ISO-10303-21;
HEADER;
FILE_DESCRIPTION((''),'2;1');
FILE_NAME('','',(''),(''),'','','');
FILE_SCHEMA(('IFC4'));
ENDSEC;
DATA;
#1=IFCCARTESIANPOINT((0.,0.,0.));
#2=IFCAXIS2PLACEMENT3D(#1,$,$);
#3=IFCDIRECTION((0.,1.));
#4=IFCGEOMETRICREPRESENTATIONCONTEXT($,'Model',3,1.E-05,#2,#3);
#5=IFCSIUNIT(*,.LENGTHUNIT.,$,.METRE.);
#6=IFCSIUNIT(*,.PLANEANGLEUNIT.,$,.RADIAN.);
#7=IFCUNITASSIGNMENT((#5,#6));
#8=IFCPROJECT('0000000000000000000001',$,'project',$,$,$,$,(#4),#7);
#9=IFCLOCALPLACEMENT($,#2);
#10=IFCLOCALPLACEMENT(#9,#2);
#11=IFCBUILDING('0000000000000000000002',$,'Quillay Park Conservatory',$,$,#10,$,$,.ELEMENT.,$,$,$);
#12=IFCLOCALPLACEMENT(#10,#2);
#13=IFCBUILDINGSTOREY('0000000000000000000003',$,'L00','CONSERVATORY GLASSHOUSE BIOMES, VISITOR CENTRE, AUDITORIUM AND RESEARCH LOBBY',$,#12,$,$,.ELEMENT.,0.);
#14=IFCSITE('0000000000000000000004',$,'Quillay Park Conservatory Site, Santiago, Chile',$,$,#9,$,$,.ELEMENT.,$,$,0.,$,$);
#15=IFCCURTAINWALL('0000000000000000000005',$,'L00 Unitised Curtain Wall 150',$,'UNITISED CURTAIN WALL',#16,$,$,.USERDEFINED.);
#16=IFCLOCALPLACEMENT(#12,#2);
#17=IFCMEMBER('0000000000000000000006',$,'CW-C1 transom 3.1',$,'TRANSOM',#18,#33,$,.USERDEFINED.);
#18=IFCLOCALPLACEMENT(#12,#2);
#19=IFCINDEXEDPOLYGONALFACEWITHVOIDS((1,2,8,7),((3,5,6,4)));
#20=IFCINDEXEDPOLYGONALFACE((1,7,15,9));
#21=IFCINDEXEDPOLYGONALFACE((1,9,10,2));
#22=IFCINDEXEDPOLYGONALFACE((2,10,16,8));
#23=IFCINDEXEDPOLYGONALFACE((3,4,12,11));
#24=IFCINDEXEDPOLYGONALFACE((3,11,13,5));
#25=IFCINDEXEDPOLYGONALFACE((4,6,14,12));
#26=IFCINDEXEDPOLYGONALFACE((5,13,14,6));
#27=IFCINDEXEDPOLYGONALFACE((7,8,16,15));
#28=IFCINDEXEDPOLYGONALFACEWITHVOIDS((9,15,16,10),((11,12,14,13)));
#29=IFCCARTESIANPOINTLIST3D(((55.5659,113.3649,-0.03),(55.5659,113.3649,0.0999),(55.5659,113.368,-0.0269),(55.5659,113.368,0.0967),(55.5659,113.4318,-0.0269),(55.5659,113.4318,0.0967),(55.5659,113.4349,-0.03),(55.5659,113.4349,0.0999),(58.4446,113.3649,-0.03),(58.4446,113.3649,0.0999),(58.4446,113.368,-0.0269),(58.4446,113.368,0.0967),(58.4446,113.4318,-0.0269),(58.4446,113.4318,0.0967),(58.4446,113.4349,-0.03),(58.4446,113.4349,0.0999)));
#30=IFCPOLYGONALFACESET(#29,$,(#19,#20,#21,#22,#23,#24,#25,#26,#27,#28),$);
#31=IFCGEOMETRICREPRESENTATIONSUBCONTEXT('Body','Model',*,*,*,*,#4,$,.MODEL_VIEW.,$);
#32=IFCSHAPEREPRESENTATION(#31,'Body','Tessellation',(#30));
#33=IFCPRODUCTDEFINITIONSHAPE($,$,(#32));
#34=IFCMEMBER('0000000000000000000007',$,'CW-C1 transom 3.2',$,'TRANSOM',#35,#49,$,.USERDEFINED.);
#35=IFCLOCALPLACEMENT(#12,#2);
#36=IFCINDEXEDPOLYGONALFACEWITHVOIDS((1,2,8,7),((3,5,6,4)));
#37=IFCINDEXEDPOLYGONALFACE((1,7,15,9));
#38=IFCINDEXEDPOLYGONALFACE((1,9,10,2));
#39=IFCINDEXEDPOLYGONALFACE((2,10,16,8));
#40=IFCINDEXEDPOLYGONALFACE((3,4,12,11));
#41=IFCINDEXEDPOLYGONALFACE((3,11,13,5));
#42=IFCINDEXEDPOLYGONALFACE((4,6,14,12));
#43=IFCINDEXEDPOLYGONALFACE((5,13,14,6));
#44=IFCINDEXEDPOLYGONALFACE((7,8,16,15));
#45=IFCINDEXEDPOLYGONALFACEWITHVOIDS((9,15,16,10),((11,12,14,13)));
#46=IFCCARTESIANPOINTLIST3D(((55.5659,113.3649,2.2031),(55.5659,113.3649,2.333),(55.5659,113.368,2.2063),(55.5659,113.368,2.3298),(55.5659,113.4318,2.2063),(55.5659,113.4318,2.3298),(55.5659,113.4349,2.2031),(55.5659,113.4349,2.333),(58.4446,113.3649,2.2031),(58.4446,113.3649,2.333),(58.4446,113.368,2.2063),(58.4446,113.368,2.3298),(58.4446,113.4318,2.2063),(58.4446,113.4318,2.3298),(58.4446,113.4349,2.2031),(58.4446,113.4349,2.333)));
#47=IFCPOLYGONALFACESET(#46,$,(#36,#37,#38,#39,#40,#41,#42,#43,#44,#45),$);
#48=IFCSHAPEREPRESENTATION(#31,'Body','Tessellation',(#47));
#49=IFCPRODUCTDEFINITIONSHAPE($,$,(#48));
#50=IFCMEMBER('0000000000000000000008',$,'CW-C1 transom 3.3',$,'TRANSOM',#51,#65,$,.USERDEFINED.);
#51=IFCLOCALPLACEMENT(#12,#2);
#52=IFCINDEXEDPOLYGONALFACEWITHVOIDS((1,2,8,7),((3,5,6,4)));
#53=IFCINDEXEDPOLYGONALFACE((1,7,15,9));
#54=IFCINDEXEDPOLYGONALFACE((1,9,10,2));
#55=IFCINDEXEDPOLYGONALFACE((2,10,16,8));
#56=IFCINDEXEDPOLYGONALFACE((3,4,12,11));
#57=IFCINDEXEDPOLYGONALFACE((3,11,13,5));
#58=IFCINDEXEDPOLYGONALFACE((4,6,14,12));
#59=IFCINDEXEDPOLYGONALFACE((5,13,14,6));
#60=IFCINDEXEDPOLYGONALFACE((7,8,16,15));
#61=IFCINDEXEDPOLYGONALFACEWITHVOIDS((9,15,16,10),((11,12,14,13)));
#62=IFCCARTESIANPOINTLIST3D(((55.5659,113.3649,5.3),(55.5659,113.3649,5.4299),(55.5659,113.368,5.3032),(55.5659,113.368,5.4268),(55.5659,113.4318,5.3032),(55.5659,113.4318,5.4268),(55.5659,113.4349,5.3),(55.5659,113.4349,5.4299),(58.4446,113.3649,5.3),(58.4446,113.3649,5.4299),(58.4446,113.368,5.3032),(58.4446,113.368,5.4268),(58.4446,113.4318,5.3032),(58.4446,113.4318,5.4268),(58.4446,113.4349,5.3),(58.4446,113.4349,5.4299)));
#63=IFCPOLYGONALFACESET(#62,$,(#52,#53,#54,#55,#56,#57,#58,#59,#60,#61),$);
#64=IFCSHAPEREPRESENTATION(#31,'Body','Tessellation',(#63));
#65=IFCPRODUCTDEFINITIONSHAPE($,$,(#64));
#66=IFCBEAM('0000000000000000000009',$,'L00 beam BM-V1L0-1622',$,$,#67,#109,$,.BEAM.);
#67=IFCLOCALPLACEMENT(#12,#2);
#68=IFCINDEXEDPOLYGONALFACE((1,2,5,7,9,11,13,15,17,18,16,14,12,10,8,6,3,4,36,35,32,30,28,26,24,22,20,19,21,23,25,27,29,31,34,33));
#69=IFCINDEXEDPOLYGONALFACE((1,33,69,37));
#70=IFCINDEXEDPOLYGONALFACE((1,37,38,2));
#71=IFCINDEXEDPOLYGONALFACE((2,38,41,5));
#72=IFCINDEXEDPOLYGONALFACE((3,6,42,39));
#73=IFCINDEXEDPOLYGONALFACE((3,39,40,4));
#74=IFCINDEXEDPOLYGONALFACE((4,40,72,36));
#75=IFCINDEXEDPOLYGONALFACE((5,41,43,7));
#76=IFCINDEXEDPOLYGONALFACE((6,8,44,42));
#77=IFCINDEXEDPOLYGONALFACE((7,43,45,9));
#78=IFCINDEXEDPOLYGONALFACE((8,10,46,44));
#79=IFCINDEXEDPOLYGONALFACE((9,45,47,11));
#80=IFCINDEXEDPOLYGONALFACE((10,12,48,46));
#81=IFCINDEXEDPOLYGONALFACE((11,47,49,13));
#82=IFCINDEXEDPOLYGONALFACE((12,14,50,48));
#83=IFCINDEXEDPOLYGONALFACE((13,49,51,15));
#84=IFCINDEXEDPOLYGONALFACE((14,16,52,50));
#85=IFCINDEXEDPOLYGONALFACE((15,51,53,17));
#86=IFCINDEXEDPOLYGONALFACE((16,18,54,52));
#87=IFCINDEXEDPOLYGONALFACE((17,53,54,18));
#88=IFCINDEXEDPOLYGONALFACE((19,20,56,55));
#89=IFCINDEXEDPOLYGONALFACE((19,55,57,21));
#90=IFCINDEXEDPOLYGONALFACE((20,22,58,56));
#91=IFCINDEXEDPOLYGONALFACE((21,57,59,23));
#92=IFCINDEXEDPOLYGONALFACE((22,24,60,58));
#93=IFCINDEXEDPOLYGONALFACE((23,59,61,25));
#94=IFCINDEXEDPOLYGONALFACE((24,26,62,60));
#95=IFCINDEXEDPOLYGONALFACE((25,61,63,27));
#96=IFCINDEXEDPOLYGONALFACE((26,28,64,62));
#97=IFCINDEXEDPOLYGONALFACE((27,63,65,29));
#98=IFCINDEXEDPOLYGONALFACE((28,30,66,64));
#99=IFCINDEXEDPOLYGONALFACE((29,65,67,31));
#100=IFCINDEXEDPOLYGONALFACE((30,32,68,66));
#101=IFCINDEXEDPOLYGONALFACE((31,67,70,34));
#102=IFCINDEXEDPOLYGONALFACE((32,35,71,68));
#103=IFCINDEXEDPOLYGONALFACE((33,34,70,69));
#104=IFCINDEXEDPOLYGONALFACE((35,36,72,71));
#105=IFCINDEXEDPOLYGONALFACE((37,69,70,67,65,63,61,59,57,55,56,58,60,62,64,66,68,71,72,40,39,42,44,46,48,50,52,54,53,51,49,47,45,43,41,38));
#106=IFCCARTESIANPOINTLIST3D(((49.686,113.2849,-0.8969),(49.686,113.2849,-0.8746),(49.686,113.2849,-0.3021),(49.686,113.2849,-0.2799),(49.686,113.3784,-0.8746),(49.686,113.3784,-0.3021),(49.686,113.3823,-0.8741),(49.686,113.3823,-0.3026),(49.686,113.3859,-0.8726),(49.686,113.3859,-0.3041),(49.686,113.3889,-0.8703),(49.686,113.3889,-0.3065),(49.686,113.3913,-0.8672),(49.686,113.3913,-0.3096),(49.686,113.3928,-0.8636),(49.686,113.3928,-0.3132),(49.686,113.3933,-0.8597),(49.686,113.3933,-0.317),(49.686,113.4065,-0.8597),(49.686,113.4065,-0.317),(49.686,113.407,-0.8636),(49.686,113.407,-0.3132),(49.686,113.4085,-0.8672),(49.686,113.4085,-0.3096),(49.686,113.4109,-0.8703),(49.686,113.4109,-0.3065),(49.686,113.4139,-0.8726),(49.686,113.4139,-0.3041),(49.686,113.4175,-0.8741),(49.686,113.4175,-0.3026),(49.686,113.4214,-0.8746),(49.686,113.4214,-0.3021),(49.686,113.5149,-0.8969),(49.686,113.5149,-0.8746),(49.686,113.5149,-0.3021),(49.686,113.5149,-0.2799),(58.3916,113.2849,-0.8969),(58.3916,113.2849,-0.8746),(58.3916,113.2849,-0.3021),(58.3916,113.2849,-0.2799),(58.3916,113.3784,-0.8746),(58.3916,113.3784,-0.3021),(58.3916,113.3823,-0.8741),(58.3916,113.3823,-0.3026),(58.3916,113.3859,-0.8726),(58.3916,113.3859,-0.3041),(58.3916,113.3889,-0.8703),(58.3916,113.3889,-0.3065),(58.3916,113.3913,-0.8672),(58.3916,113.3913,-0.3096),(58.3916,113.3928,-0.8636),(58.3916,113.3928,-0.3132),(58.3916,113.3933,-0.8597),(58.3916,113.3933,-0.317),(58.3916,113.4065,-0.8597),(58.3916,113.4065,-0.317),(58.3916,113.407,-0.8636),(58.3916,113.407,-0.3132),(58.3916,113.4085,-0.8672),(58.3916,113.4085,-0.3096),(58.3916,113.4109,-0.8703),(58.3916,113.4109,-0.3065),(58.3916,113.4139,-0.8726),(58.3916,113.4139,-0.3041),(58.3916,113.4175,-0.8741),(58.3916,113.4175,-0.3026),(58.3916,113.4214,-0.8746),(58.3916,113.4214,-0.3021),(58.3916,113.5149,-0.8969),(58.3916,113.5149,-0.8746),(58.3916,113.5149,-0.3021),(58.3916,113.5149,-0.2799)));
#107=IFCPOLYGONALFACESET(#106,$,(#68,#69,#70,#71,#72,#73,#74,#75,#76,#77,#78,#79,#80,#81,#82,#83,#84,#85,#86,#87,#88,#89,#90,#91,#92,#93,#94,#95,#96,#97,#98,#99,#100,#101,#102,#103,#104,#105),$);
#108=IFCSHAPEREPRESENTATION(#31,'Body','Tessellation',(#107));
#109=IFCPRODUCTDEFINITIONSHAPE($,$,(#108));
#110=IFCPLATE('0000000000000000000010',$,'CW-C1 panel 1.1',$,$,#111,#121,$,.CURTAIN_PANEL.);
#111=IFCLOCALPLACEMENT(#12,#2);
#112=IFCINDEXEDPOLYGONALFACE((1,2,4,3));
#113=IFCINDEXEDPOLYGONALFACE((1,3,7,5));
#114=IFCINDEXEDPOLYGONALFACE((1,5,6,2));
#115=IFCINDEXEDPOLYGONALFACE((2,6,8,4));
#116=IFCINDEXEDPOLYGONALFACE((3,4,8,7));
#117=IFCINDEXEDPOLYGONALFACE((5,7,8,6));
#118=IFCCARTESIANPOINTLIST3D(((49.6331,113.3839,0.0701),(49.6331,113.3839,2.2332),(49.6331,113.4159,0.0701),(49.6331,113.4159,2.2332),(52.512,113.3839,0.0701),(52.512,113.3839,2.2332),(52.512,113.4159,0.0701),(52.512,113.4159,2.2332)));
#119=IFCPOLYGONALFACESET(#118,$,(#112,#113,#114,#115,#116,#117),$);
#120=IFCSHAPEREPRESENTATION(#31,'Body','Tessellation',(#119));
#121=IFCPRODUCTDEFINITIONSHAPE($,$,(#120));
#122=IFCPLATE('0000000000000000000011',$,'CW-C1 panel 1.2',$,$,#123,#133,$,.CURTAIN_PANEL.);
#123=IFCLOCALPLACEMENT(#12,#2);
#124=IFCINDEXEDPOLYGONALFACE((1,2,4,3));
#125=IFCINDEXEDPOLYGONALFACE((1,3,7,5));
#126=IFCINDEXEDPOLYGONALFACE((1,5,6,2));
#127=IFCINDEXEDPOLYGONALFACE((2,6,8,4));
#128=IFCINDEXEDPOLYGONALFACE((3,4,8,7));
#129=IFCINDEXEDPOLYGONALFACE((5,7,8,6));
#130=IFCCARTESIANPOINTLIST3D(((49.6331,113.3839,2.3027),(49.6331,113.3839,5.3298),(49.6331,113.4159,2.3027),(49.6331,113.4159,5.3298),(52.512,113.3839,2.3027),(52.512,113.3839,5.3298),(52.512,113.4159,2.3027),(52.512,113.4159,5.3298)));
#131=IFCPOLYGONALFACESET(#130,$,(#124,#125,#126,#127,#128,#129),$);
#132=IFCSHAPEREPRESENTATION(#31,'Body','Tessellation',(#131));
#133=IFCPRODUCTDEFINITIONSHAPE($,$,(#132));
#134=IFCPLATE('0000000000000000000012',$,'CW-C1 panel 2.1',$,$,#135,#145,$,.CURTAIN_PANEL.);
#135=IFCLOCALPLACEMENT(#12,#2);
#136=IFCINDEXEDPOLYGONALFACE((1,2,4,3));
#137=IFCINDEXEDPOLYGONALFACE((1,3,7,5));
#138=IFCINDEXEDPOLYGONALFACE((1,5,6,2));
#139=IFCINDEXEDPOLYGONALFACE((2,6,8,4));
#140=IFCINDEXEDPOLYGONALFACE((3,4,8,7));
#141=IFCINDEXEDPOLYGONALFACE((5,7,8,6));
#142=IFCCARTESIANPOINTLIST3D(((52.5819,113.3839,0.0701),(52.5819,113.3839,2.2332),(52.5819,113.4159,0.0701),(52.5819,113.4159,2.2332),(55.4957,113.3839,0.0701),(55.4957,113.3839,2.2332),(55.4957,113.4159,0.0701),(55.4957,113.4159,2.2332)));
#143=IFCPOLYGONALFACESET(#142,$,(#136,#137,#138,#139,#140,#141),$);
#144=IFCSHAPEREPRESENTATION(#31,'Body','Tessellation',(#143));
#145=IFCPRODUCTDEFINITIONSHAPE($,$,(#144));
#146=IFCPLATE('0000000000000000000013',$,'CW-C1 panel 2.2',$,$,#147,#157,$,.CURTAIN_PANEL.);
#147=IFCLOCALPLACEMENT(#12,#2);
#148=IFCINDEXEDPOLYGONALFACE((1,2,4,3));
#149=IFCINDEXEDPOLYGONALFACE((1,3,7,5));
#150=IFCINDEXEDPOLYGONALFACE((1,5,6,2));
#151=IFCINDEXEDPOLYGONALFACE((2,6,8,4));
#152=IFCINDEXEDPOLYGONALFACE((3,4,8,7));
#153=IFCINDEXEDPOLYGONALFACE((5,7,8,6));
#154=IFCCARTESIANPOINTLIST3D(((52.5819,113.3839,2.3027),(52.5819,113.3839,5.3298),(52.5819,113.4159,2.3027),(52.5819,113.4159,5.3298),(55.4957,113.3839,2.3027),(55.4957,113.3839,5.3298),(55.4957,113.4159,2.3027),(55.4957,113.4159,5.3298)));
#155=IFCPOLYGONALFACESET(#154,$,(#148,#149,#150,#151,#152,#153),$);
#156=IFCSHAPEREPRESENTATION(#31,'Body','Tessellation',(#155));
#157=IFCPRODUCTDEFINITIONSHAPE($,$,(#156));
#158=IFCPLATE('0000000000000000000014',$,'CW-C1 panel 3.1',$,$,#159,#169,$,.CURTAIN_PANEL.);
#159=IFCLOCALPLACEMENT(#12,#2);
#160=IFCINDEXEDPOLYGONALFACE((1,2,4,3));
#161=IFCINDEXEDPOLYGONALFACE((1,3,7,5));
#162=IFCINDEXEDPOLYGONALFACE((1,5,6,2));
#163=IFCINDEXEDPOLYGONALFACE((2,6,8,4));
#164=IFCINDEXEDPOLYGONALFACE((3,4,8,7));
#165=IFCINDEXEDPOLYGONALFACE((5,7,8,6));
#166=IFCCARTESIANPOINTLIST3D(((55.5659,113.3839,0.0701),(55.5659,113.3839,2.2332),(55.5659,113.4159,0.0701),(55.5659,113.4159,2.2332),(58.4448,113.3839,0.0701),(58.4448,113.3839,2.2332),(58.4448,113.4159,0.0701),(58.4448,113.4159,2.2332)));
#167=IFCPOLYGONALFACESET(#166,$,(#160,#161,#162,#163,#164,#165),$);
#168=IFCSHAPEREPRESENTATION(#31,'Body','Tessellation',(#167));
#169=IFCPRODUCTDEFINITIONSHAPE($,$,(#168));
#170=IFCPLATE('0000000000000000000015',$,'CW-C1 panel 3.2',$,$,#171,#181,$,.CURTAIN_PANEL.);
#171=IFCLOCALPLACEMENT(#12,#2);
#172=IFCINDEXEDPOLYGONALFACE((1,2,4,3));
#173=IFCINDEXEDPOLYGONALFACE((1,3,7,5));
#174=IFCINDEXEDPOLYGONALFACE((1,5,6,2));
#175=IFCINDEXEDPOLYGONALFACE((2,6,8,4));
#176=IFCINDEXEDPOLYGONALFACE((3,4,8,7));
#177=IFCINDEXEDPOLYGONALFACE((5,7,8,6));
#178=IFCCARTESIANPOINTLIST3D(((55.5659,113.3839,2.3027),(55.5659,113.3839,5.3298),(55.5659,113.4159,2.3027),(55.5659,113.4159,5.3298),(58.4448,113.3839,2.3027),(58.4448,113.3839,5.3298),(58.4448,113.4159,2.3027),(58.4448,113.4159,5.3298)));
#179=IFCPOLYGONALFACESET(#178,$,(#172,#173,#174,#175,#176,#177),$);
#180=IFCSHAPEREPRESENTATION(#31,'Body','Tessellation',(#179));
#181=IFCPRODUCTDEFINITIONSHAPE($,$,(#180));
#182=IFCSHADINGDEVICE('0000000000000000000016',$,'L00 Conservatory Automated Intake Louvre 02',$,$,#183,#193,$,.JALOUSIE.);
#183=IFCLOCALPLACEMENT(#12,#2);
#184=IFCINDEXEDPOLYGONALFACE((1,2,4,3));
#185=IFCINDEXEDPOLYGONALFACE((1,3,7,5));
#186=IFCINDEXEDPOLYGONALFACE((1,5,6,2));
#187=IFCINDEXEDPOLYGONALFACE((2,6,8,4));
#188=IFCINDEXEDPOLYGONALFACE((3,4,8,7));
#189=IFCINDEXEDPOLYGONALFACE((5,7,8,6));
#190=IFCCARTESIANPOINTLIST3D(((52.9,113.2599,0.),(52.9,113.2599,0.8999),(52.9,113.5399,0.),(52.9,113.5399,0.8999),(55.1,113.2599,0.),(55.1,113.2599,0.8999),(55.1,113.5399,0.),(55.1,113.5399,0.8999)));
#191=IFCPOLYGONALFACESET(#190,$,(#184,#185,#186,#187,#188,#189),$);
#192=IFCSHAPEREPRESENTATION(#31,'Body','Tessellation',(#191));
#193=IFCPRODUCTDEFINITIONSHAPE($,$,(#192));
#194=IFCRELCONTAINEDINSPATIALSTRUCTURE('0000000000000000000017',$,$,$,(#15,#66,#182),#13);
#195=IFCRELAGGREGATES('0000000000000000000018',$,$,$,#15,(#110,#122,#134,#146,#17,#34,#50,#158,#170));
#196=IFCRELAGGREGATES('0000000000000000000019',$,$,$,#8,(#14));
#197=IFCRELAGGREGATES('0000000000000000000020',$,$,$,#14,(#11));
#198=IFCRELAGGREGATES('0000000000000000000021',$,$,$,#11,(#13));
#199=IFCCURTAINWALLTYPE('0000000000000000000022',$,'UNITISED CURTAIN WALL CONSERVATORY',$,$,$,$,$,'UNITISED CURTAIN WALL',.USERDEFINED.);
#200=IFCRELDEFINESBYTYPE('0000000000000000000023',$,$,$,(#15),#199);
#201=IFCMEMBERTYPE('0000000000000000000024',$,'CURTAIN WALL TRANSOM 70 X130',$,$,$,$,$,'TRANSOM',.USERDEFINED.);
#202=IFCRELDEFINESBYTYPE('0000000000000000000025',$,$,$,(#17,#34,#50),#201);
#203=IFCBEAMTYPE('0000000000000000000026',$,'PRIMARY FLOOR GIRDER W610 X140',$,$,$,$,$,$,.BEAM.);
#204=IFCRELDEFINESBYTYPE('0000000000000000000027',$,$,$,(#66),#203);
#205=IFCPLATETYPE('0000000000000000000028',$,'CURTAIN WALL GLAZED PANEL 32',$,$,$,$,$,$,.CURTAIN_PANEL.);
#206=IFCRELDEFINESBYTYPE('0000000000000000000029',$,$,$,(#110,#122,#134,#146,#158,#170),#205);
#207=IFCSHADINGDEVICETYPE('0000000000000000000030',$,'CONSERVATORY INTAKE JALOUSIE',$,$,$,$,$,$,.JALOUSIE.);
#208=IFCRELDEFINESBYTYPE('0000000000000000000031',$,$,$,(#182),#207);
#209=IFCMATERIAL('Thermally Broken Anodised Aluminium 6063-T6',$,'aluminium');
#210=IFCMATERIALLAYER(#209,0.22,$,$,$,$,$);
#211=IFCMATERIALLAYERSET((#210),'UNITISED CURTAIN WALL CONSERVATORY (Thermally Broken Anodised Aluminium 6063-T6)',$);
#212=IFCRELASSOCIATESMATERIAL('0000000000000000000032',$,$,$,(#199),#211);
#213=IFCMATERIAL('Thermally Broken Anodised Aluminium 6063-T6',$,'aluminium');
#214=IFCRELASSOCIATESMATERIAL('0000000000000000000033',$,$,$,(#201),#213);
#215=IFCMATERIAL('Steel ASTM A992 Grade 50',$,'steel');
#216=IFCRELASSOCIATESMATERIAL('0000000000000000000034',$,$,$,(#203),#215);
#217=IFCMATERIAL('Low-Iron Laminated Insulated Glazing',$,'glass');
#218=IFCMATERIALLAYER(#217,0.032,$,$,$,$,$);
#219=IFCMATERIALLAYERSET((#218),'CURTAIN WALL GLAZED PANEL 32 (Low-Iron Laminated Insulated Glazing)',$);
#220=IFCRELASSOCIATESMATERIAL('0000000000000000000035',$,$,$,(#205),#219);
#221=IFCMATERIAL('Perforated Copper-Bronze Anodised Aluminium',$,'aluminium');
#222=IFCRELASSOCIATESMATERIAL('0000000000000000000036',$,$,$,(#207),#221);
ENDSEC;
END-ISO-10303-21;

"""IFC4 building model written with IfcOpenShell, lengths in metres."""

from ifc_helpers import new_model, si_unit, direction, frame, origin, origin_2d, place, context, subcontext, project, spatial, rectangle, hollow_rectangle, i_section, extrude, material, layer, layer_set, material_profile, profile_set, type_object, element, aggregate, save


model = new_model("IFC4")

# Units and contexts
model_context = context("Model", 3, precision=1e-05, world=origin(), true_north=direction((0.0, 1.0)))
body_context = subcontext(model_context, "Body", "Model", "MODEL_VIEW")
ifc_project = project(units=[si_unit("LENGTHUNIT", "METRE"), si_unit("PLANEANGLEUNIT", "RADIAN")], contexts=[model_context])

# Site, building, storey
site_placement = place(None, origin())
site = spatial("IfcSite", under=ifc_project, at=site_placement, Name="Quillay Park Conservatory Site, Santiago, Chile", CompositionType="ELEMENT", RefElevation=0.0)
building_placement = place(site_placement, origin())
building = spatial("IfcBuilding", under=site, at=building_placement, Name="Quillay Park Conservatory", CompositionType="ELEMENT")
storey_placement = place(building_placement, origin())
storey = spatial("IfcBuildingStorey", under=building, at=storey_placement, Name="L00", Description="CONSERVATORY GLASSHOUSE BIOMES, VISITOR CENTRE, AUDITORIUM AND RESEARCH LOBBY", CompositionType="ELEMENT", Elevation=0.0)

# Curtain wall, members
ifc_material_1 = material(Name="Thermally Broken Anodised Aluminium 6063-T6", Category="aluminium")
ifc_layer_1 = layer(ifc_material_1, 0.22)
ifc_layer_set_1 = layer_set([ifc_layer_1], Name="UNITISED CURTAIN WALL CONSERVATORY (Thermally Broken Anodised Aluminium 6063-T6)")
curtain_wall_type = type_object("IfcCurtainWallType", Name="UNITISED CURTAIN WALL CONSERVATORY", ElementType="UNITISED CURTAIN WALL", PredefinedType="USERDEFINED", material=ifc_layer_set_1)
curtain_wall_placement = place(storey_placement, origin())
curtain_wall = element("IfcCurtainWall", 1, at=curtain_wall_placement, inside=storey, type_object=curtain_wall_type, Name="L00 Unitised Curtain Wall 150", ObjectType="UNITISED CURTAIN WALL", PredefinedType="USERDEFINED")
ifc_material_2 = material(Name="Thermally Broken Anodised Aluminium 6063-T6", Category="aluminium")
ifc_material_profile_1 = material_profile(ifc_material_2, hollow_rectangle(XDim=0.0701, YDim=0.1299, WallThickness=0.0032, at=origin_2d()), Name="AL70x130x3.2")
ifc_profile_set_1 = profile_set([ifc_material_profile_1], Name="Thermally Broken Anodised Aluminium 6063-T6")
member_type_1 = type_object("IfcMemberType", Name="CURTAIN WALL TRANSOM 70 X130", ElementType="TRANSOM", PredefinedType="USERDEFINED", material=ifc_profile_set_1)
member_1_placement = place(storey_placement, frame((55.5659, 113.3999, 0.0349), z_axis=(1.0, 0.0, 0.0), x_axis=(0.0, 1.0, 0.0)))
member_1 = element("IfcMember", 2, at=member_1_placement, type_object=member_type_1, Name="CW-C1 transom 3.1", ObjectType="TRANSOM", PredefinedType="USERDEFINED", context=body_context, shape_type="SweptSolid", body=[
    extrude(hollow_rectangle(XDim=0.0701, YDim=0.1299, WallThickness=0.0032, at=origin_2d()), origin(), (0.0, 0.0, 1.0), 2.8787),
])
member_2_placement = place(storey_placement, frame((55.5659, 113.3999, 2.2681), z_axis=(1.0, 0.0, 0.0), x_axis=(0.0, 1.0, 0.0)))
member_2 = element("IfcMember", 3, at=member_2_placement, type_object=member_type_1, Name="CW-C1 transom 3.2", ObjectType="TRANSOM", PredefinedType="USERDEFINED", context=body_context, shape_type="SweptSolid", body=[
    extrude(hollow_rectangle(XDim=0.0701, YDim=0.1299, WallThickness=0.0032, at=origin_2d()), origin(), (0.0, 0.0, 1.0), 2.8787),
])
member_3_placement = place(storey_placement, frame((55.5659, 113.3999, 5.365), z_axis=(1.0, 0.0, 0.0), x_axis=(0.0, 1.0, 0.0)))
member_3 = element("IfcMember", 4, at=member_3_placement, type_object=member_type_1, Name="CW-C1 transom 3.3", ObjectType="TRANSOM", PredefinedType="USERDEFINED", context=body_context, shape_type="SweptSolid", body=[
    extrude(hollow_rectangle(XDim=0.0701, YDim=0.1299, WallThickness=0.0032, at=origin_2d()), origin(), (0.0, 0.0, 1.0), 2.8787),
])

# Beam
ifc_material_3 = material(Name="Steel ASTM A992 Grade 50", Category="steel")
ifc_material_profile_2 = material_profile(ifc_material_3, i_section(OverallWidth=0.23, OverallDepth=0.6169, WebThickness=0.0132, FlangeThickness=0.0222, FilletRadius=0.0149, at=origin_2d()), Name="W610x140")
ifc_profile_set_2 = profile_set([ifc_material_profile_2], Name="Steel ASTM A992 Grade 50")
beam_type = type_object("IfcBeamType", Name="PRIMARY FLOOR GIRDER W610 X140", PredefinedType="BEAM", material=ifc_profile_set_2)
beam_placement = place(storey_placement, frame((49.686, 113.3999, -0.5884), z_axis=(1.0, 0.0, 0.0), x_axis=(0.0, 1.0, 0.0)))
element("IfcBeam", 5, at=beam_placement, inside=storey, type_object=beam_type, Name="L00 beam BM-V1L0-1622", PredefinedType="BEAM", context=body_context, shape_type="SweptSolid", body=[
    extrude(i_section(OverallWidth=0.23, OverallDepth=0.6169, WebThickness=0.0132, FlangeThickness=0.0222, FilletRadius=0.0149, at=origin_2d()), origin(), (0.0, 0.0, 1.0), 8.7056),
])

# Plates
ifc_material_4 = material(Name="Low-Iron Laminated Insulated Glazing", Category="glass")
ifc_layer_2 = layer(ifc_material_4, 0.032)
ifc_layer_set_2 = layer_set([ifc_layer_2], Name="CURTAIN WALL GLAZED PANEL 32 (Low-Iron Laminated Insulated Glazing)")
plate_type = type_object("IfcPlateType", Name="CURTAIN WALL GLAZED PANEL 32", PredefinedType="CURTAIN_PANEL", material=ifc_layer_set_2)
plate_1_placement = place(storey_placement, frame((51.0725, 113.3999, 0.0701), z_axis=(0.0, 0.0, 1.0), x_axis=(1.0, 0.0, 0.0)))
plate_1 = element("IfcPlate", 6, at=plate_1_placement, type_object=plate_type, Name="CW-C1 panel 1.1", PredefinedType="CURTAIN_PANEL", context=body_context, shape_type="SweptSolid", body=[
    extrude(rectangle(XDim=2.8789, YDim=0.032, at=origin_2d()), origin(), (0.0, 0.0, 1.0), 2.1631),
])
plate_2_placement = place(storey_placement, frame((51.0725, 113.3999, 2.3027), z_axis=(0.0, 0.0, 1.0), x_axis=(1.0, 0.0, 0.0)))
plate_2 = element("IfcPlate", 7, at=plate_2_placement, type_object=plate_type, Name="CW-C1 panel 1.2", PredefinedType="CURTAIN_PANEL", context=body_context, shape_type="SweptSolid", body=[
    extrude(rectangle(XDim=2.8789, YDim=0.032, at=origin_2d()), origin(), (0.0, 0.0, 1.0), 3.0271),
])
plate_3_placement = place(storey_placement, frame((54.0388, 113.3999, 0.0701), z_axis=(0.0, 0.0, 1.0), x_axis=(1.0, 0.0, 0.0)))
plate_3 = element("IfcPlate", 8, at=plate_3_placement, type_object=plate_type, Name="CW-C1 panel 2.1", PredefinedType="CURTAIN_PANEL", context=body_context, shape_type="SweptSolid", body=[
    extrude(rectangle(XDim=2.9138, YDim=0.032, at=origin_2d()), origin(), (0.0, 0.0, 1.0), 2.1631),
])
plate_4_placement = place(storey_placement, frame((54.0388, 113.3999, 2.3027), z_axis=(0.0, 0.0, 1.0), x_axis=(1.0, 0.0, 0.0)))
plate_4 = element("IfcPlate", 9, at=plate_4_placement, type_object=plate_type, Name="CW-C1 panel 2.2", PredefinedType="CURTAIN_PANEL", context=body_context, shape_type="SweptSolid", body=[
    extrude(rectangle(XDim=2.9138, YDim=0.032, at=origin_2d()), origin(), (0.0, 0.0, 1.0), 3.0271),
])
plate_5_placement = place(storey_placement, frame((57.0054, 113.3999, 0.0701), z_axis=(0.0, 0.0, 1.0), x_axis=(1.0, 0.0, 0.0)))
plate_5 = element("IfcPlate", 10, at=plate_5_placement, type_object=plate_type, Name="CW-C1 panel 3.1", PredefinedType="CURTAIN_PANEL", context=body_context, shape_type="SweptSolid", body=[
    extrude(rectangle(XDim=2.8789, YDim=0.032, at=origin_2d()), origin(), (0.0, 0.0, 1.0), 2.1631),
])
plate_6_placement = place(storey_placement, frame((57.0054, 113.3999, 2.3027), z_axis=(0.0, 0.0, 1.0), x_axis=(1.0, 0.0, 0.0)))
plate_6 = element("IfcPlate", 11, at=plate_6_placement, type_object=plate_type, Name="CW-C1 panel 3.2", PredefinedType="CURTAIN_PANEL", context=body_context, shape_type="SweptSolid", body=[
    extrude(rectangle(XDim=2.8789, YDim=0.032, at=origin_2d()), origin(), (0.0, 0.0, 1.0), 3.0271),
])
aggregate(curtain_wall, [plate_1, plate_2, plate_3, plate_4, member_1, member_2, member_3, plate_5, plate_6])

# Shading device
ifc_material_5 = material(Name="Perforated Copper-Bronze Anodised Aluminium", Category="aluminium")
shading_device_type = type_object("IfcShadingDeviceType", Name="CONSERVATORY INTAKE JALOUSIE", PredefinedType="JALOUSIE", material=ifc_material_5)
shading_device_placement = place(storey_placement, frame((54.0, 113.3999, 0.0), z_axis=(0.0, 0.0, 1.0), x_axis=(1.0, 0.0, 0.0)))
element("IfcShadingDevice", 12, at=shading_device_placement, inside=storey, type_object=shading_device_type, Name="L00 Conservatory Automated Intake Louvre 02", PredefinedType="JALOUSIE", context=body_context, shape_type="SweptSolid", body=[
    extrude(rectangle(XDim=2.2, YDim=0.28, at=origin_2d()), origin(), (0.0, 0.0, 1.0), 0.8999),
])

save(model, "model.ifc")
